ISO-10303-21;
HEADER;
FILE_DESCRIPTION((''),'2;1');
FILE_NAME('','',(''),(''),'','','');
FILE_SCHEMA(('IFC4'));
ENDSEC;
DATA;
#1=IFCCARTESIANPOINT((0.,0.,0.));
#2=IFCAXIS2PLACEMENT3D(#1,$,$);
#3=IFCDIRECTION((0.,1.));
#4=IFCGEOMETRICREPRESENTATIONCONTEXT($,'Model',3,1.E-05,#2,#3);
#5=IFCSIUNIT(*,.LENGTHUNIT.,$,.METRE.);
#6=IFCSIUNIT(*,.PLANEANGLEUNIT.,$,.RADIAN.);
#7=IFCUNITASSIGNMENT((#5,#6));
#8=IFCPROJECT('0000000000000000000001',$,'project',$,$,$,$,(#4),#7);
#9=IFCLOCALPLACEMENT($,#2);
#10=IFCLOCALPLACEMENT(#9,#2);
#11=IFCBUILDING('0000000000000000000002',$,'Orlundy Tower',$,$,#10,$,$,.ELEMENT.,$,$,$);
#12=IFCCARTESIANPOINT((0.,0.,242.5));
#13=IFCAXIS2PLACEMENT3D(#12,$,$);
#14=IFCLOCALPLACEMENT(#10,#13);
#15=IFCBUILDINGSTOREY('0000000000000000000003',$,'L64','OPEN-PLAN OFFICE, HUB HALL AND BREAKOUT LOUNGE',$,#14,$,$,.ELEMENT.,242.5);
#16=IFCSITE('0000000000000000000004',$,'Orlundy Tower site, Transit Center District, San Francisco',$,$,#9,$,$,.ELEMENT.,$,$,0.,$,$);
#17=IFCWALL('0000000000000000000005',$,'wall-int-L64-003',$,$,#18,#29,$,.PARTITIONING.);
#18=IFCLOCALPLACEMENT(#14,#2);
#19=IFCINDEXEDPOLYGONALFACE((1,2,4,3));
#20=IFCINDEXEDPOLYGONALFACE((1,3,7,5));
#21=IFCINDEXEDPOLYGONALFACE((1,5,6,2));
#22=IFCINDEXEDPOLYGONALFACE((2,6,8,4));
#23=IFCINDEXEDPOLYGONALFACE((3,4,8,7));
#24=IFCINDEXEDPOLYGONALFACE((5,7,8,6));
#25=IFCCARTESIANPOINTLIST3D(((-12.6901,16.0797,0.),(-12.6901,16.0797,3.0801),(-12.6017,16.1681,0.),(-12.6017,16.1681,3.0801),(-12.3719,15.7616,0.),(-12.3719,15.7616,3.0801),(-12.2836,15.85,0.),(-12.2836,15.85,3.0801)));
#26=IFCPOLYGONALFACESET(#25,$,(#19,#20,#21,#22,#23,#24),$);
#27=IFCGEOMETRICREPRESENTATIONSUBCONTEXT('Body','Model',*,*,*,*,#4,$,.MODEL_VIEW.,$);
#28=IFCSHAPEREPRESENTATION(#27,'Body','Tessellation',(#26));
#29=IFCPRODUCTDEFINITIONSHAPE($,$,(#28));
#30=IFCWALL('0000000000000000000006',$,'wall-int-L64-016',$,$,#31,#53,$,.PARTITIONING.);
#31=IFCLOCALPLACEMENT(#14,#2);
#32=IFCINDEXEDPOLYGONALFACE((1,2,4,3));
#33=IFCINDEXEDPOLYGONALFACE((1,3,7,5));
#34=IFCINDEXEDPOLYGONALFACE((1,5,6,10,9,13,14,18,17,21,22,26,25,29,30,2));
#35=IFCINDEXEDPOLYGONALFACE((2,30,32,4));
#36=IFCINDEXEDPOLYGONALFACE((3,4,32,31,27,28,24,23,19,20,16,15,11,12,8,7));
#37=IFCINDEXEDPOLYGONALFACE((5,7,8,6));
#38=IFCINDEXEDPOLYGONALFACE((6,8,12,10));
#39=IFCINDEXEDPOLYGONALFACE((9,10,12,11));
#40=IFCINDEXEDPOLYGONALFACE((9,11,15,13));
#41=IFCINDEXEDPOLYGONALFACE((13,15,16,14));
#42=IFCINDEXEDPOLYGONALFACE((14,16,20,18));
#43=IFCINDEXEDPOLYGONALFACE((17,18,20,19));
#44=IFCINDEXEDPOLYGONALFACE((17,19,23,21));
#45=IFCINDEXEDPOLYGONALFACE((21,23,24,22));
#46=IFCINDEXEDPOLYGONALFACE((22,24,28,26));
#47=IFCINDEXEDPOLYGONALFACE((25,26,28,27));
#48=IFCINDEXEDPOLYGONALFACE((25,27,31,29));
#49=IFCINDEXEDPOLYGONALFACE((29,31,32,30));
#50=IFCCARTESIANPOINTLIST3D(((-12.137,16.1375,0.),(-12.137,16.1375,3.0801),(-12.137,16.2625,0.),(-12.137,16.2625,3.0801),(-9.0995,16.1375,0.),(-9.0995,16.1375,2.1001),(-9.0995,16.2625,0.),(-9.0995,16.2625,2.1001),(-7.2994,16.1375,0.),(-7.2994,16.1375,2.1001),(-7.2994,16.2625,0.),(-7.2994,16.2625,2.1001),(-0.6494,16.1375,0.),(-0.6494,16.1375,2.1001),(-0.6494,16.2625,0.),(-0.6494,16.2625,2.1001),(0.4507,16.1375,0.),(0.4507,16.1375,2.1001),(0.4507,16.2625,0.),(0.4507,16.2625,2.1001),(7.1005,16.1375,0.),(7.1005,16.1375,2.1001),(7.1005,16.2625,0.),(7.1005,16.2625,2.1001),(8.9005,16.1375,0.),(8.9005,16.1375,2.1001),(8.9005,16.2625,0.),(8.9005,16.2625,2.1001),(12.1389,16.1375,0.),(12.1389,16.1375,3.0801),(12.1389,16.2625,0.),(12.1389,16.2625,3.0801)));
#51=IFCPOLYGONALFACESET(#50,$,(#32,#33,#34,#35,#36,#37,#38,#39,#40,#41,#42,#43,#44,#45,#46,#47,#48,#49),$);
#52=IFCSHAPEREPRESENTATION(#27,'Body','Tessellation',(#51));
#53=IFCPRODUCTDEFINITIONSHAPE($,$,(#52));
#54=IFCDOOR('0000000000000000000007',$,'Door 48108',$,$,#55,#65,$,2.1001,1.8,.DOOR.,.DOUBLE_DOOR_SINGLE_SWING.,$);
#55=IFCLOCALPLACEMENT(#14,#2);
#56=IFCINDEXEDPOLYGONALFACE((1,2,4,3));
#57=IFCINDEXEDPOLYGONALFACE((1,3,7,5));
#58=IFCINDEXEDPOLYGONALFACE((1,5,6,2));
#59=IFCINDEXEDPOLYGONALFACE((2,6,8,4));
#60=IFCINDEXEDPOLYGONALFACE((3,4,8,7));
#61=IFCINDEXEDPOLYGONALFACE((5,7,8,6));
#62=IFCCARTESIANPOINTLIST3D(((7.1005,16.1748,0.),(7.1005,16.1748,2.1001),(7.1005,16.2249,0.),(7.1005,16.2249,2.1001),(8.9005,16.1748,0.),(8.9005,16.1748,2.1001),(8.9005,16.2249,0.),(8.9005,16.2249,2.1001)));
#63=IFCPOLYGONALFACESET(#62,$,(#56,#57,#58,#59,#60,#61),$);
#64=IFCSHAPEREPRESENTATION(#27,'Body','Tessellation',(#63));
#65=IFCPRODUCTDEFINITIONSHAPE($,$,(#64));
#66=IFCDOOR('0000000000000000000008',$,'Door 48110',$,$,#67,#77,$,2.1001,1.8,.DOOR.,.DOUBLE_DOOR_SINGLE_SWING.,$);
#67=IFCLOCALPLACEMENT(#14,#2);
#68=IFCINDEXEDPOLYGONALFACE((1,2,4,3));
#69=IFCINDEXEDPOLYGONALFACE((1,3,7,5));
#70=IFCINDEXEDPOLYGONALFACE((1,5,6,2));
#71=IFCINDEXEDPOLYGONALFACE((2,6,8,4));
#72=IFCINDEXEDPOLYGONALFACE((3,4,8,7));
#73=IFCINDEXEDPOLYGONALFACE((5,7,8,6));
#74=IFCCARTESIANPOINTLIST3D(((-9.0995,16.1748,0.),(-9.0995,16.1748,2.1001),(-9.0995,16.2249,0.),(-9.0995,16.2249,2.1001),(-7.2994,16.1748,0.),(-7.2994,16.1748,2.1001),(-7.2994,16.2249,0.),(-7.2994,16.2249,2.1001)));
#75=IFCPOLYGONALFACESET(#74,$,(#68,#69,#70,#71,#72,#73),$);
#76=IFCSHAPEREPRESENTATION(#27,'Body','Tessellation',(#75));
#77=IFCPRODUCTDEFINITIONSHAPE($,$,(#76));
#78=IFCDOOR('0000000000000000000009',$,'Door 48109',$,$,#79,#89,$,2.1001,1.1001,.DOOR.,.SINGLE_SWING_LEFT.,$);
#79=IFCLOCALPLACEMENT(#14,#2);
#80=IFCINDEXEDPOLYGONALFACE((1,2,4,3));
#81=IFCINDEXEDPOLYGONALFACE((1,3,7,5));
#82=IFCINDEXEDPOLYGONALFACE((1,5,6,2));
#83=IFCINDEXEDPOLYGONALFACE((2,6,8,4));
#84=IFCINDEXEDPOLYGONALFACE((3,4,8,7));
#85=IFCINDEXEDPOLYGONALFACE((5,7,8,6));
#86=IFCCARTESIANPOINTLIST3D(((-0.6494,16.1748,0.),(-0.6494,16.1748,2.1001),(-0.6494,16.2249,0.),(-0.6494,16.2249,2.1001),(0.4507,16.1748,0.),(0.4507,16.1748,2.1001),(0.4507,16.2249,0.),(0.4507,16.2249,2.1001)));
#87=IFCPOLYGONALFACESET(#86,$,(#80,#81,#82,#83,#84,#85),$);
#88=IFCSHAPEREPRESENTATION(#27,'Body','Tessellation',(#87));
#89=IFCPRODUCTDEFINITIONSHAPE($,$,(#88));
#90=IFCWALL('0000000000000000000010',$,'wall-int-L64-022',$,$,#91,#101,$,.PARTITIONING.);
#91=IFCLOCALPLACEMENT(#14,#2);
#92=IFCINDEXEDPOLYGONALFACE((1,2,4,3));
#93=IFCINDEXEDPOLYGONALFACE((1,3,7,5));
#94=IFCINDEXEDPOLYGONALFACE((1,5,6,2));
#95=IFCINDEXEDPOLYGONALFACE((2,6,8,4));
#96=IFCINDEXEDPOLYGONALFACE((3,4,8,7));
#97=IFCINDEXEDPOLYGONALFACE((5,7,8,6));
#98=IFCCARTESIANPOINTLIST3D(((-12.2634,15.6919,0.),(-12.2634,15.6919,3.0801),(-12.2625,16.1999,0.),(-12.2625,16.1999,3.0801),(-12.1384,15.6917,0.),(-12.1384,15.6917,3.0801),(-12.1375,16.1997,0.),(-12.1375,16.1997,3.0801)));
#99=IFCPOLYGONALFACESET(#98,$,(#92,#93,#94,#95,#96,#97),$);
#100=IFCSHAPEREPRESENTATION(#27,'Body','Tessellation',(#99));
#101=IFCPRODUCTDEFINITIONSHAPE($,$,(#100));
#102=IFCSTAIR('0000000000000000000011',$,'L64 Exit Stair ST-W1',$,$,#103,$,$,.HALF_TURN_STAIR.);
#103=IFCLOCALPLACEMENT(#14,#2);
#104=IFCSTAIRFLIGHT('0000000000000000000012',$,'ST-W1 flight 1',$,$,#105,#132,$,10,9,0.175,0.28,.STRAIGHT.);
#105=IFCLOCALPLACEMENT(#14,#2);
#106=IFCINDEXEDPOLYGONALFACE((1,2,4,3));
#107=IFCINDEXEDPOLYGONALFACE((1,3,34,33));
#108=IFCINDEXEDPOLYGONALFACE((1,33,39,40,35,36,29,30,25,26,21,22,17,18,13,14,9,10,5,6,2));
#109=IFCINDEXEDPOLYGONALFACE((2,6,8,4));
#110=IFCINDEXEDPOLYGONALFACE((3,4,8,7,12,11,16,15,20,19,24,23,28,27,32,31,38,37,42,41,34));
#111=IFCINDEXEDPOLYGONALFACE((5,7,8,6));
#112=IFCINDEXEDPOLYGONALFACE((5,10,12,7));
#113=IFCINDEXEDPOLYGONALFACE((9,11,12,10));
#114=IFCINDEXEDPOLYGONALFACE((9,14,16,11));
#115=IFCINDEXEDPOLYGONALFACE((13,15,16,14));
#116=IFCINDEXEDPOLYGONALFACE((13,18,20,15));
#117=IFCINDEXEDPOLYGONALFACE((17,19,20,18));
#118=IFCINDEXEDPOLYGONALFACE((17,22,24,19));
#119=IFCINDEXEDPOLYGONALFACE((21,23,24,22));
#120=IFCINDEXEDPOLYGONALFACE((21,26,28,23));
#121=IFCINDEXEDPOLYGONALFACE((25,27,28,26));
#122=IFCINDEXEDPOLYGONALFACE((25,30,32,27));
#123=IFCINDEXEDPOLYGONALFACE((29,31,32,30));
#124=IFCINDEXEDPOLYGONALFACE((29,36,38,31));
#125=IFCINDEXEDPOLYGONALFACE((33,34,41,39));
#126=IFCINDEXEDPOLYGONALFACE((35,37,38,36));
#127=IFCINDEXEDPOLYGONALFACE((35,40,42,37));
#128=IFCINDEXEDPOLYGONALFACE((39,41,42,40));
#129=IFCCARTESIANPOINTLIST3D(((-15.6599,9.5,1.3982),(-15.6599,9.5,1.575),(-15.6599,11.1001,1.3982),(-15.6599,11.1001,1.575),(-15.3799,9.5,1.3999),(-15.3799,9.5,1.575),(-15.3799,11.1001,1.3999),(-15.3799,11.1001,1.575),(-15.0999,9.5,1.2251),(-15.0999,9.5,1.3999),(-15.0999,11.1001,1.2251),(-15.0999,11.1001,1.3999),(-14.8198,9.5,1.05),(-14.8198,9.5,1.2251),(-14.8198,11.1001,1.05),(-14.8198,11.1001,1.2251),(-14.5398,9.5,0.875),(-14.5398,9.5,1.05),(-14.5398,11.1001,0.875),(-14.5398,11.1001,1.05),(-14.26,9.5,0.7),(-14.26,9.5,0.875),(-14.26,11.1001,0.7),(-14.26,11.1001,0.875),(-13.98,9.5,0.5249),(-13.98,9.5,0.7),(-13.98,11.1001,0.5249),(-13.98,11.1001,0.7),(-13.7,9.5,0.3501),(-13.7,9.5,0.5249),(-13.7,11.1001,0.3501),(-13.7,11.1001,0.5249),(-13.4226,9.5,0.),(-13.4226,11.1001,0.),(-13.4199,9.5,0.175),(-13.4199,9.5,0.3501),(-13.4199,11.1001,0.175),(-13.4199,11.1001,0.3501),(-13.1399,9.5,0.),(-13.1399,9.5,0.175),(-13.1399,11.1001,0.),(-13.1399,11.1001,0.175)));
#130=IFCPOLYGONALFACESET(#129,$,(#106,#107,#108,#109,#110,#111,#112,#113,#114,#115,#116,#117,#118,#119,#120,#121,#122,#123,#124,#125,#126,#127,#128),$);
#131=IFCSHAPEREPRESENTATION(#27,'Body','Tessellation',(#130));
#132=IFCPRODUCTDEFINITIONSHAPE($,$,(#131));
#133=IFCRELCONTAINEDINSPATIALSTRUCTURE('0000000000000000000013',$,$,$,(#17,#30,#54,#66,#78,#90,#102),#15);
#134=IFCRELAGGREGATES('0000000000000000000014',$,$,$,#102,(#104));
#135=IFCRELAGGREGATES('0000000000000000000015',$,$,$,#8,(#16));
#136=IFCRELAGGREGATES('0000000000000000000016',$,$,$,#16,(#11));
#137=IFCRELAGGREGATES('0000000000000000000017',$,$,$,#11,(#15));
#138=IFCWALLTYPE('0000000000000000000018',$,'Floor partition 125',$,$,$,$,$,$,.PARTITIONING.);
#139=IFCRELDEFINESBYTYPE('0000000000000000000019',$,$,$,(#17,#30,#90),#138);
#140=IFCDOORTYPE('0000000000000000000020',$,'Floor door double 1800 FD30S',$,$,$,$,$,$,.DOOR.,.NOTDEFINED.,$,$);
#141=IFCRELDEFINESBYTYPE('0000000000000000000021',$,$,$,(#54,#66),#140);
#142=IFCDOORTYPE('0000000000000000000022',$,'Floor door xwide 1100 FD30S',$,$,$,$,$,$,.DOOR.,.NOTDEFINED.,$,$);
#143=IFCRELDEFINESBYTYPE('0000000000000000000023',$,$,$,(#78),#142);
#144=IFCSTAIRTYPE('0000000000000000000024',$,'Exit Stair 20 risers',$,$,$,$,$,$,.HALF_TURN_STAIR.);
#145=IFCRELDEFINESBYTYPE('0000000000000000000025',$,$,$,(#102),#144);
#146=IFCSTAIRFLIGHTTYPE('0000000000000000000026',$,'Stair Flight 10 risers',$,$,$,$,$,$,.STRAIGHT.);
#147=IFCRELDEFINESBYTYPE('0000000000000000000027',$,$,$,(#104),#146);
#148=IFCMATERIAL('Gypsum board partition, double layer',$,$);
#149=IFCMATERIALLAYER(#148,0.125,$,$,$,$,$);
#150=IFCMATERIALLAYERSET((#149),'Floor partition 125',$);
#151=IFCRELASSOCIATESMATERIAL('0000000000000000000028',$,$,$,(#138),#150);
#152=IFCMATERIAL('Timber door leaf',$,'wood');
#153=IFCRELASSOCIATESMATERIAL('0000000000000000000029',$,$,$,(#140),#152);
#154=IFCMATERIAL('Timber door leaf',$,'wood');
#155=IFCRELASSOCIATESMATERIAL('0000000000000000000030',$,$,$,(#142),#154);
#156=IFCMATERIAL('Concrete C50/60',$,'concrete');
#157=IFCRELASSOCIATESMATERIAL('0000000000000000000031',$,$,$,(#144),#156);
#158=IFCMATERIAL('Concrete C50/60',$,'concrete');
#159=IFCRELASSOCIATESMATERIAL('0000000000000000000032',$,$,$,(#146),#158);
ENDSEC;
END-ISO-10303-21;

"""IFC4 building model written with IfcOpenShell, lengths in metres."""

from ifc_helpers import new_model, si_unit, direction, frame, frame_2d, origin, place, context, subcontext, project, spatial, polyline, rectangle, outline, extrude, material, layer, layer_set, type_object, element, fill, aggregate, save


model = new_model("IFC4")

# Units and contexts
model_context = context("Model", 3, precision=1e-05, world=origin(), true_north=direction((0.0, 1.0)))
body_context = subcontext(model_context, "Body", "Model", "MODEL_VIEW")
ifc_project = project(units=[si_unit("LENGTHUNIT", "METRE"), si_unit("PLANEANGLEUNIT", "RADIAN")], contexts=[model_context])

# Site, building, storey
site_placement = place(None, origin())
site = spatial("IfcSite", under=ifc_project, at=site_placement, Name="Orlundy Tower site, Transit Center District, San Francisco", CompositionType="ELEMENT", RefElevation=0.0)
building_placement = place(site_placement, origin())
building = spatial("IfcBuilding", under=site, at=building_placement, Name="Orlundy Tower", CompositionType="ELEMENT")
storey_placement = place(building_placement, frame((0.0, 0.0, 242.5)))
storey = spatial("IfcBuildingStorey", under=building, at=storey_placement, Name="L64", Description="OPEN-PLAN OFFICE, HUB HALL AND BREAKOUT LOUNGE", CompositionType="ELEMENT", Elevation=242.5)

# Wall
ifc_material_1 = material(Name="Gypsum board partition, double layer")
ifc_layer_1 = layer(ifc_material_1, 0.125)
ifc_layer_set_1 = layer_set([ifc_layer_1], Name="Floor partition 125")
wall_type_1 = type_object("IfcWallType", Name="Floor partition 125", PredefinedType="PARTITIONING", material=ifc_layer_set_1)
wall_1_placement = place(storey_placement, frame((-12.646, 16.124, 0.0), z_axis=(0.0, 0.0, 1.0), x_axis=(0.707107, -0.707107, 0.0)))
element("IfcWall", 1, at=wall_1_placement, inside=storey, type_object=wall_type_1, Name="wall-int-L64-003", PredefinedType="PARTITIONING", context=body_context, shape_type="SweptSolid", body=[
    extrude(rectangle(XDim=0.45, YDim=0.125, at=frame_2d((0.2251, 0.0))), origin(), (0.0, 0.0, 1.0), 3.0801),
])

# Wall, openings, doors
wall_2_placement = place(storey_placement, frame((-12.137, 16.2, 0.0), z_axis=(0.0, 0.0, 1.0), x_axis=(1.0, 0.0, 0.0)))
wall_2 = element("IfcWall", 2, at=wall_2_placement, inside=storey, type_object=wall_type_1, Name="wall-int-L64-016", PredefinedType="PARTITIONING", context=body_context, shape_type="SweptSolid", body=[
    extrude(rectangle(XDim=24.2759, YDim=0.125, at=frame_2d((12.1379, 0.0))), origin(), (0.0, 0.0, 1.0), 3.0801),
])
opening_1_placement = place(wall_2_placement, frame((19.2375, 0.0, 0.0)))
opening_1 = element("IfcOpeningElement", 3, at=opening_1_placement, cuts=wall_2, PredefinedType="OPENING", context=body_context, shape_type="SweptSolid", body=[
    extrude(rectangle(XDim=1.8, YDim=2.1001, at=frame_2d((0.8999, 1.05))), frame((0.0, 0.0725, 0.0), z_axis=(0.0, -1.0, 0.0), x_axis=(1.0, 0.0, 0.0)), (0.0, 0.0, 1.0), 0.145),
])
opening_2_placement = place(wall_2_placement, frame((11.4875, 0.0, 0.0)))
opening_2 = element("IfcOpeningElement", 4, at=opening_2_placement, cuts=wall_2, PredefinedType="OPENING", context=body_context, shape_type="SweptSolid", body=[
    extrude(rectangle(XDim=1.1001, YDim=2.1001, at=frame_2d((0.55, 1.05))), frame((0.0, 0.0725, 0.0), z_axis=(0.0, -1.0, 0.0), x_axis=(1.0, 0.0, 0.0)), (0.0, 0.0, 1.0), 0.145),
])
opening_3_placement = place(wall_2_placement, frame((3.0376, 0.0, 0.0)))
opening_3 = element("IfcOpeningElement", 5, at=opening_3_placement, cuts=wall_2, PredefinedType="OPENING", context=body_context, shape_type="SweptSolid", body=[
    extrude(rectangle(XDim=1.8, YDim=2.1001, at=frame_2d((0.8999, 1.05))), frame((0.0, 0.0725, 0.0), z_axis=(0.0, -1.0, 0.0), x_axis=(1.0, 0.0, 0.0)), (0.0, 0.0, 1.0), 0.145),
])
ifc_material_2 = material(Name="Timber door leaf", Category="wood")
door_type_1 = type_object("IfcDoorType", Name="Floor door double 1800 FD30S", OperationType="NOTDEFINED", PredefinedType="DOOR", material=ifc_material_2)
door_1_placement = place(opening_1_placement, origin())
door_1 = element("IfcDoor", 6, at=door_1_placement, inside=storey, type_object=door_type_1, Name="Door 48108", OperationType="DOUBLE_DOOR_SINGLE_SWING", OverallHeight=2.1001, OverallWidth=1.8, PredefinedType="DOOR", context=body_context, shape_type="SweptSolid", body=[
    extrude(rectangle(XDim=1.8, YDim=2.1001, at=frame_2d((0.8999, 1.05))), frame((0.0, 0.0249, 0.0), z_axis=(0.0, -1.0, 0.0), x_axis=(1.0, 0.0, 0.0)), (0.0, 0.0, 1.0), 0.05),
])
fill(opening_1, door_1)
door_2_placement = place(opening_3_placement, origin())
door_2 = element("IfcDoor", 7, at=door_2_placement, inside=storey, type_object=door_type_1, Name="Door 48110", OperationType="DOUBLE_DOOR_SINGLE_SWING", OverallHeight=2.1001, OverallWidth=1.8, PredefinedType="DOOR", context=body_context, shape_type="SweptSolid", body=[
    extrude(rectangle(XDim=1.8, YDim=2.1001, at=frame_2d((0.8999, 1.05))), frame((0.0, 0.0249, 0.0), z_axis=(0.0, -1.0, 0.0), x_axis=(1.0, 0.0, 0.0)), (0.0, 0.0, 1.0), 0.05),
])
fill(opening_3, door_2)
ifc_material_3 = material(Name="Timber door leaf", Category="wood")
door_type_2 = type_object("IfcDoorType", Name="Floor door xwide 1100 FD30S", OperationType="NOTDEFINED", PredefinedType="DOOR", material=ifc_material_3)
door_3_placement = place(opening_2_placement, origin())
door_3 = element("IfcDoor", 8, at=door_3_placement, inside=storey, type_object=door_type_2, Name="Door 48109", OperationType="SINGLE_SWING_LEFT", OverallHeight=2.1001, OverallWidth=1.1001, PredefinedType="DOOR", context=body_context, shape_type="SweptSolid", body=[
    extrude(rectangle(XDim=1.1001, YDim=2.1001, at=frame_2d((0.55, 1.05))), frame((0.0, 0.0249, 0.0), z_axis=(0.0, -1.0, 0.0), x_axis=(1.0, 0.0, 0.0)), (0.0, 0.0, 1.0), 0.05),
])
fill(opening_2, door_3)

# Wall
wall_3_placement = place(storey_placement, frame((-12.2009, 15.6919, 0.0), z_axis=(0.0, 0.0, 1.0), x_axis=(0.001922, 0.999998, 0.0)))
element("IfcWall", 9, at=wall_3_placement, inside=storey, type_object=wall_type_1, Name="wall-int-L64-022", PredefinedType="PARTITIONING", context=body_context, shape_type="SweptSolid", body=[
    extrude(rectangle(XDim=0.5081, YDim=0.125, at=frame_2d((0.2539, 0.0))), origin(), (0.0, 0.0, 1.0), 3.0801),
])

# Stair, stair flight
ifc_material_4 = material(Name="Concrete C50/60", Category="concrete")
stair_type = type_object("IfcStairType", Name="Exit Stair 20 risers", PredefinedType="HALF_TURN_STAIR", material=ifc_material_4)
stair_placement = place(storey_placement, origin())
stair = element("IfcStair", 10, at=stair_placement, inside=storey, type_object=stair_type, Name="L64 Exit Stair ST-W1", PredefinedType="HALF_TURN_STAIR")
ifc_material_5 = material(Name="Concrete C50/60", Category="concrete")
stair_flight_type = type_object("IfcStairFlightType", Name="Stair Flight 10 risers", PredefinedType="STRAIGHT", material=ifc_material_5)
stair_flight_placement = place(storey_placement, frame((-13.1399, 10.3, 0.0), z_axis=(0.0, 0.0, 1.0), x_axis=(-1.0, 0.0, 0.0)))
stair_flight = element("IfcStairFlight", 11, at=stair_flight_placement, type_object=stair_flight_type, Name="ST-W1 flight 1", NumberOfRisers=10, NumberOfTreads=9, PredefinedType="STRAIGHT", RiserHeight=0.175, TreadLength=0.28, context=body_context, shape_type="SweptSolid", body=[
    extrude(outline(polyline([(0.0, 0.0), (0.0, 0.175), (0.28, 0.175), (0.28, 0.3501), (0.5601, 0.3501), (0.5601, 0.5249), (0.8401, 0.5249), (0.8401, 0.7), (1.1201, 0.7), (1.1201, 0.875), (1.3999, 0.875), (1.3999, 1.05), (1.6799, 1.05), (1.6799, 1.2251), (1.96, 1.2251), (1.96, 1.3999), (2.24, 1.3999), (2.24, 1.575), (2.52, 1.575), (2.52, 1.75), (2.52, 1.3982), (0.2827, 0.0), (0.0, 0.0)])), frame((0.0, 0.8, 0.0), z_axis=(0.0, -1.0, 0.0), x_axis=(1.0, 0.0, 0.0)), (0.0, 0.0, 1.0), 1.6001),
])
aggregate(stair, [stair_flight])

save(model, "model.ifc")
